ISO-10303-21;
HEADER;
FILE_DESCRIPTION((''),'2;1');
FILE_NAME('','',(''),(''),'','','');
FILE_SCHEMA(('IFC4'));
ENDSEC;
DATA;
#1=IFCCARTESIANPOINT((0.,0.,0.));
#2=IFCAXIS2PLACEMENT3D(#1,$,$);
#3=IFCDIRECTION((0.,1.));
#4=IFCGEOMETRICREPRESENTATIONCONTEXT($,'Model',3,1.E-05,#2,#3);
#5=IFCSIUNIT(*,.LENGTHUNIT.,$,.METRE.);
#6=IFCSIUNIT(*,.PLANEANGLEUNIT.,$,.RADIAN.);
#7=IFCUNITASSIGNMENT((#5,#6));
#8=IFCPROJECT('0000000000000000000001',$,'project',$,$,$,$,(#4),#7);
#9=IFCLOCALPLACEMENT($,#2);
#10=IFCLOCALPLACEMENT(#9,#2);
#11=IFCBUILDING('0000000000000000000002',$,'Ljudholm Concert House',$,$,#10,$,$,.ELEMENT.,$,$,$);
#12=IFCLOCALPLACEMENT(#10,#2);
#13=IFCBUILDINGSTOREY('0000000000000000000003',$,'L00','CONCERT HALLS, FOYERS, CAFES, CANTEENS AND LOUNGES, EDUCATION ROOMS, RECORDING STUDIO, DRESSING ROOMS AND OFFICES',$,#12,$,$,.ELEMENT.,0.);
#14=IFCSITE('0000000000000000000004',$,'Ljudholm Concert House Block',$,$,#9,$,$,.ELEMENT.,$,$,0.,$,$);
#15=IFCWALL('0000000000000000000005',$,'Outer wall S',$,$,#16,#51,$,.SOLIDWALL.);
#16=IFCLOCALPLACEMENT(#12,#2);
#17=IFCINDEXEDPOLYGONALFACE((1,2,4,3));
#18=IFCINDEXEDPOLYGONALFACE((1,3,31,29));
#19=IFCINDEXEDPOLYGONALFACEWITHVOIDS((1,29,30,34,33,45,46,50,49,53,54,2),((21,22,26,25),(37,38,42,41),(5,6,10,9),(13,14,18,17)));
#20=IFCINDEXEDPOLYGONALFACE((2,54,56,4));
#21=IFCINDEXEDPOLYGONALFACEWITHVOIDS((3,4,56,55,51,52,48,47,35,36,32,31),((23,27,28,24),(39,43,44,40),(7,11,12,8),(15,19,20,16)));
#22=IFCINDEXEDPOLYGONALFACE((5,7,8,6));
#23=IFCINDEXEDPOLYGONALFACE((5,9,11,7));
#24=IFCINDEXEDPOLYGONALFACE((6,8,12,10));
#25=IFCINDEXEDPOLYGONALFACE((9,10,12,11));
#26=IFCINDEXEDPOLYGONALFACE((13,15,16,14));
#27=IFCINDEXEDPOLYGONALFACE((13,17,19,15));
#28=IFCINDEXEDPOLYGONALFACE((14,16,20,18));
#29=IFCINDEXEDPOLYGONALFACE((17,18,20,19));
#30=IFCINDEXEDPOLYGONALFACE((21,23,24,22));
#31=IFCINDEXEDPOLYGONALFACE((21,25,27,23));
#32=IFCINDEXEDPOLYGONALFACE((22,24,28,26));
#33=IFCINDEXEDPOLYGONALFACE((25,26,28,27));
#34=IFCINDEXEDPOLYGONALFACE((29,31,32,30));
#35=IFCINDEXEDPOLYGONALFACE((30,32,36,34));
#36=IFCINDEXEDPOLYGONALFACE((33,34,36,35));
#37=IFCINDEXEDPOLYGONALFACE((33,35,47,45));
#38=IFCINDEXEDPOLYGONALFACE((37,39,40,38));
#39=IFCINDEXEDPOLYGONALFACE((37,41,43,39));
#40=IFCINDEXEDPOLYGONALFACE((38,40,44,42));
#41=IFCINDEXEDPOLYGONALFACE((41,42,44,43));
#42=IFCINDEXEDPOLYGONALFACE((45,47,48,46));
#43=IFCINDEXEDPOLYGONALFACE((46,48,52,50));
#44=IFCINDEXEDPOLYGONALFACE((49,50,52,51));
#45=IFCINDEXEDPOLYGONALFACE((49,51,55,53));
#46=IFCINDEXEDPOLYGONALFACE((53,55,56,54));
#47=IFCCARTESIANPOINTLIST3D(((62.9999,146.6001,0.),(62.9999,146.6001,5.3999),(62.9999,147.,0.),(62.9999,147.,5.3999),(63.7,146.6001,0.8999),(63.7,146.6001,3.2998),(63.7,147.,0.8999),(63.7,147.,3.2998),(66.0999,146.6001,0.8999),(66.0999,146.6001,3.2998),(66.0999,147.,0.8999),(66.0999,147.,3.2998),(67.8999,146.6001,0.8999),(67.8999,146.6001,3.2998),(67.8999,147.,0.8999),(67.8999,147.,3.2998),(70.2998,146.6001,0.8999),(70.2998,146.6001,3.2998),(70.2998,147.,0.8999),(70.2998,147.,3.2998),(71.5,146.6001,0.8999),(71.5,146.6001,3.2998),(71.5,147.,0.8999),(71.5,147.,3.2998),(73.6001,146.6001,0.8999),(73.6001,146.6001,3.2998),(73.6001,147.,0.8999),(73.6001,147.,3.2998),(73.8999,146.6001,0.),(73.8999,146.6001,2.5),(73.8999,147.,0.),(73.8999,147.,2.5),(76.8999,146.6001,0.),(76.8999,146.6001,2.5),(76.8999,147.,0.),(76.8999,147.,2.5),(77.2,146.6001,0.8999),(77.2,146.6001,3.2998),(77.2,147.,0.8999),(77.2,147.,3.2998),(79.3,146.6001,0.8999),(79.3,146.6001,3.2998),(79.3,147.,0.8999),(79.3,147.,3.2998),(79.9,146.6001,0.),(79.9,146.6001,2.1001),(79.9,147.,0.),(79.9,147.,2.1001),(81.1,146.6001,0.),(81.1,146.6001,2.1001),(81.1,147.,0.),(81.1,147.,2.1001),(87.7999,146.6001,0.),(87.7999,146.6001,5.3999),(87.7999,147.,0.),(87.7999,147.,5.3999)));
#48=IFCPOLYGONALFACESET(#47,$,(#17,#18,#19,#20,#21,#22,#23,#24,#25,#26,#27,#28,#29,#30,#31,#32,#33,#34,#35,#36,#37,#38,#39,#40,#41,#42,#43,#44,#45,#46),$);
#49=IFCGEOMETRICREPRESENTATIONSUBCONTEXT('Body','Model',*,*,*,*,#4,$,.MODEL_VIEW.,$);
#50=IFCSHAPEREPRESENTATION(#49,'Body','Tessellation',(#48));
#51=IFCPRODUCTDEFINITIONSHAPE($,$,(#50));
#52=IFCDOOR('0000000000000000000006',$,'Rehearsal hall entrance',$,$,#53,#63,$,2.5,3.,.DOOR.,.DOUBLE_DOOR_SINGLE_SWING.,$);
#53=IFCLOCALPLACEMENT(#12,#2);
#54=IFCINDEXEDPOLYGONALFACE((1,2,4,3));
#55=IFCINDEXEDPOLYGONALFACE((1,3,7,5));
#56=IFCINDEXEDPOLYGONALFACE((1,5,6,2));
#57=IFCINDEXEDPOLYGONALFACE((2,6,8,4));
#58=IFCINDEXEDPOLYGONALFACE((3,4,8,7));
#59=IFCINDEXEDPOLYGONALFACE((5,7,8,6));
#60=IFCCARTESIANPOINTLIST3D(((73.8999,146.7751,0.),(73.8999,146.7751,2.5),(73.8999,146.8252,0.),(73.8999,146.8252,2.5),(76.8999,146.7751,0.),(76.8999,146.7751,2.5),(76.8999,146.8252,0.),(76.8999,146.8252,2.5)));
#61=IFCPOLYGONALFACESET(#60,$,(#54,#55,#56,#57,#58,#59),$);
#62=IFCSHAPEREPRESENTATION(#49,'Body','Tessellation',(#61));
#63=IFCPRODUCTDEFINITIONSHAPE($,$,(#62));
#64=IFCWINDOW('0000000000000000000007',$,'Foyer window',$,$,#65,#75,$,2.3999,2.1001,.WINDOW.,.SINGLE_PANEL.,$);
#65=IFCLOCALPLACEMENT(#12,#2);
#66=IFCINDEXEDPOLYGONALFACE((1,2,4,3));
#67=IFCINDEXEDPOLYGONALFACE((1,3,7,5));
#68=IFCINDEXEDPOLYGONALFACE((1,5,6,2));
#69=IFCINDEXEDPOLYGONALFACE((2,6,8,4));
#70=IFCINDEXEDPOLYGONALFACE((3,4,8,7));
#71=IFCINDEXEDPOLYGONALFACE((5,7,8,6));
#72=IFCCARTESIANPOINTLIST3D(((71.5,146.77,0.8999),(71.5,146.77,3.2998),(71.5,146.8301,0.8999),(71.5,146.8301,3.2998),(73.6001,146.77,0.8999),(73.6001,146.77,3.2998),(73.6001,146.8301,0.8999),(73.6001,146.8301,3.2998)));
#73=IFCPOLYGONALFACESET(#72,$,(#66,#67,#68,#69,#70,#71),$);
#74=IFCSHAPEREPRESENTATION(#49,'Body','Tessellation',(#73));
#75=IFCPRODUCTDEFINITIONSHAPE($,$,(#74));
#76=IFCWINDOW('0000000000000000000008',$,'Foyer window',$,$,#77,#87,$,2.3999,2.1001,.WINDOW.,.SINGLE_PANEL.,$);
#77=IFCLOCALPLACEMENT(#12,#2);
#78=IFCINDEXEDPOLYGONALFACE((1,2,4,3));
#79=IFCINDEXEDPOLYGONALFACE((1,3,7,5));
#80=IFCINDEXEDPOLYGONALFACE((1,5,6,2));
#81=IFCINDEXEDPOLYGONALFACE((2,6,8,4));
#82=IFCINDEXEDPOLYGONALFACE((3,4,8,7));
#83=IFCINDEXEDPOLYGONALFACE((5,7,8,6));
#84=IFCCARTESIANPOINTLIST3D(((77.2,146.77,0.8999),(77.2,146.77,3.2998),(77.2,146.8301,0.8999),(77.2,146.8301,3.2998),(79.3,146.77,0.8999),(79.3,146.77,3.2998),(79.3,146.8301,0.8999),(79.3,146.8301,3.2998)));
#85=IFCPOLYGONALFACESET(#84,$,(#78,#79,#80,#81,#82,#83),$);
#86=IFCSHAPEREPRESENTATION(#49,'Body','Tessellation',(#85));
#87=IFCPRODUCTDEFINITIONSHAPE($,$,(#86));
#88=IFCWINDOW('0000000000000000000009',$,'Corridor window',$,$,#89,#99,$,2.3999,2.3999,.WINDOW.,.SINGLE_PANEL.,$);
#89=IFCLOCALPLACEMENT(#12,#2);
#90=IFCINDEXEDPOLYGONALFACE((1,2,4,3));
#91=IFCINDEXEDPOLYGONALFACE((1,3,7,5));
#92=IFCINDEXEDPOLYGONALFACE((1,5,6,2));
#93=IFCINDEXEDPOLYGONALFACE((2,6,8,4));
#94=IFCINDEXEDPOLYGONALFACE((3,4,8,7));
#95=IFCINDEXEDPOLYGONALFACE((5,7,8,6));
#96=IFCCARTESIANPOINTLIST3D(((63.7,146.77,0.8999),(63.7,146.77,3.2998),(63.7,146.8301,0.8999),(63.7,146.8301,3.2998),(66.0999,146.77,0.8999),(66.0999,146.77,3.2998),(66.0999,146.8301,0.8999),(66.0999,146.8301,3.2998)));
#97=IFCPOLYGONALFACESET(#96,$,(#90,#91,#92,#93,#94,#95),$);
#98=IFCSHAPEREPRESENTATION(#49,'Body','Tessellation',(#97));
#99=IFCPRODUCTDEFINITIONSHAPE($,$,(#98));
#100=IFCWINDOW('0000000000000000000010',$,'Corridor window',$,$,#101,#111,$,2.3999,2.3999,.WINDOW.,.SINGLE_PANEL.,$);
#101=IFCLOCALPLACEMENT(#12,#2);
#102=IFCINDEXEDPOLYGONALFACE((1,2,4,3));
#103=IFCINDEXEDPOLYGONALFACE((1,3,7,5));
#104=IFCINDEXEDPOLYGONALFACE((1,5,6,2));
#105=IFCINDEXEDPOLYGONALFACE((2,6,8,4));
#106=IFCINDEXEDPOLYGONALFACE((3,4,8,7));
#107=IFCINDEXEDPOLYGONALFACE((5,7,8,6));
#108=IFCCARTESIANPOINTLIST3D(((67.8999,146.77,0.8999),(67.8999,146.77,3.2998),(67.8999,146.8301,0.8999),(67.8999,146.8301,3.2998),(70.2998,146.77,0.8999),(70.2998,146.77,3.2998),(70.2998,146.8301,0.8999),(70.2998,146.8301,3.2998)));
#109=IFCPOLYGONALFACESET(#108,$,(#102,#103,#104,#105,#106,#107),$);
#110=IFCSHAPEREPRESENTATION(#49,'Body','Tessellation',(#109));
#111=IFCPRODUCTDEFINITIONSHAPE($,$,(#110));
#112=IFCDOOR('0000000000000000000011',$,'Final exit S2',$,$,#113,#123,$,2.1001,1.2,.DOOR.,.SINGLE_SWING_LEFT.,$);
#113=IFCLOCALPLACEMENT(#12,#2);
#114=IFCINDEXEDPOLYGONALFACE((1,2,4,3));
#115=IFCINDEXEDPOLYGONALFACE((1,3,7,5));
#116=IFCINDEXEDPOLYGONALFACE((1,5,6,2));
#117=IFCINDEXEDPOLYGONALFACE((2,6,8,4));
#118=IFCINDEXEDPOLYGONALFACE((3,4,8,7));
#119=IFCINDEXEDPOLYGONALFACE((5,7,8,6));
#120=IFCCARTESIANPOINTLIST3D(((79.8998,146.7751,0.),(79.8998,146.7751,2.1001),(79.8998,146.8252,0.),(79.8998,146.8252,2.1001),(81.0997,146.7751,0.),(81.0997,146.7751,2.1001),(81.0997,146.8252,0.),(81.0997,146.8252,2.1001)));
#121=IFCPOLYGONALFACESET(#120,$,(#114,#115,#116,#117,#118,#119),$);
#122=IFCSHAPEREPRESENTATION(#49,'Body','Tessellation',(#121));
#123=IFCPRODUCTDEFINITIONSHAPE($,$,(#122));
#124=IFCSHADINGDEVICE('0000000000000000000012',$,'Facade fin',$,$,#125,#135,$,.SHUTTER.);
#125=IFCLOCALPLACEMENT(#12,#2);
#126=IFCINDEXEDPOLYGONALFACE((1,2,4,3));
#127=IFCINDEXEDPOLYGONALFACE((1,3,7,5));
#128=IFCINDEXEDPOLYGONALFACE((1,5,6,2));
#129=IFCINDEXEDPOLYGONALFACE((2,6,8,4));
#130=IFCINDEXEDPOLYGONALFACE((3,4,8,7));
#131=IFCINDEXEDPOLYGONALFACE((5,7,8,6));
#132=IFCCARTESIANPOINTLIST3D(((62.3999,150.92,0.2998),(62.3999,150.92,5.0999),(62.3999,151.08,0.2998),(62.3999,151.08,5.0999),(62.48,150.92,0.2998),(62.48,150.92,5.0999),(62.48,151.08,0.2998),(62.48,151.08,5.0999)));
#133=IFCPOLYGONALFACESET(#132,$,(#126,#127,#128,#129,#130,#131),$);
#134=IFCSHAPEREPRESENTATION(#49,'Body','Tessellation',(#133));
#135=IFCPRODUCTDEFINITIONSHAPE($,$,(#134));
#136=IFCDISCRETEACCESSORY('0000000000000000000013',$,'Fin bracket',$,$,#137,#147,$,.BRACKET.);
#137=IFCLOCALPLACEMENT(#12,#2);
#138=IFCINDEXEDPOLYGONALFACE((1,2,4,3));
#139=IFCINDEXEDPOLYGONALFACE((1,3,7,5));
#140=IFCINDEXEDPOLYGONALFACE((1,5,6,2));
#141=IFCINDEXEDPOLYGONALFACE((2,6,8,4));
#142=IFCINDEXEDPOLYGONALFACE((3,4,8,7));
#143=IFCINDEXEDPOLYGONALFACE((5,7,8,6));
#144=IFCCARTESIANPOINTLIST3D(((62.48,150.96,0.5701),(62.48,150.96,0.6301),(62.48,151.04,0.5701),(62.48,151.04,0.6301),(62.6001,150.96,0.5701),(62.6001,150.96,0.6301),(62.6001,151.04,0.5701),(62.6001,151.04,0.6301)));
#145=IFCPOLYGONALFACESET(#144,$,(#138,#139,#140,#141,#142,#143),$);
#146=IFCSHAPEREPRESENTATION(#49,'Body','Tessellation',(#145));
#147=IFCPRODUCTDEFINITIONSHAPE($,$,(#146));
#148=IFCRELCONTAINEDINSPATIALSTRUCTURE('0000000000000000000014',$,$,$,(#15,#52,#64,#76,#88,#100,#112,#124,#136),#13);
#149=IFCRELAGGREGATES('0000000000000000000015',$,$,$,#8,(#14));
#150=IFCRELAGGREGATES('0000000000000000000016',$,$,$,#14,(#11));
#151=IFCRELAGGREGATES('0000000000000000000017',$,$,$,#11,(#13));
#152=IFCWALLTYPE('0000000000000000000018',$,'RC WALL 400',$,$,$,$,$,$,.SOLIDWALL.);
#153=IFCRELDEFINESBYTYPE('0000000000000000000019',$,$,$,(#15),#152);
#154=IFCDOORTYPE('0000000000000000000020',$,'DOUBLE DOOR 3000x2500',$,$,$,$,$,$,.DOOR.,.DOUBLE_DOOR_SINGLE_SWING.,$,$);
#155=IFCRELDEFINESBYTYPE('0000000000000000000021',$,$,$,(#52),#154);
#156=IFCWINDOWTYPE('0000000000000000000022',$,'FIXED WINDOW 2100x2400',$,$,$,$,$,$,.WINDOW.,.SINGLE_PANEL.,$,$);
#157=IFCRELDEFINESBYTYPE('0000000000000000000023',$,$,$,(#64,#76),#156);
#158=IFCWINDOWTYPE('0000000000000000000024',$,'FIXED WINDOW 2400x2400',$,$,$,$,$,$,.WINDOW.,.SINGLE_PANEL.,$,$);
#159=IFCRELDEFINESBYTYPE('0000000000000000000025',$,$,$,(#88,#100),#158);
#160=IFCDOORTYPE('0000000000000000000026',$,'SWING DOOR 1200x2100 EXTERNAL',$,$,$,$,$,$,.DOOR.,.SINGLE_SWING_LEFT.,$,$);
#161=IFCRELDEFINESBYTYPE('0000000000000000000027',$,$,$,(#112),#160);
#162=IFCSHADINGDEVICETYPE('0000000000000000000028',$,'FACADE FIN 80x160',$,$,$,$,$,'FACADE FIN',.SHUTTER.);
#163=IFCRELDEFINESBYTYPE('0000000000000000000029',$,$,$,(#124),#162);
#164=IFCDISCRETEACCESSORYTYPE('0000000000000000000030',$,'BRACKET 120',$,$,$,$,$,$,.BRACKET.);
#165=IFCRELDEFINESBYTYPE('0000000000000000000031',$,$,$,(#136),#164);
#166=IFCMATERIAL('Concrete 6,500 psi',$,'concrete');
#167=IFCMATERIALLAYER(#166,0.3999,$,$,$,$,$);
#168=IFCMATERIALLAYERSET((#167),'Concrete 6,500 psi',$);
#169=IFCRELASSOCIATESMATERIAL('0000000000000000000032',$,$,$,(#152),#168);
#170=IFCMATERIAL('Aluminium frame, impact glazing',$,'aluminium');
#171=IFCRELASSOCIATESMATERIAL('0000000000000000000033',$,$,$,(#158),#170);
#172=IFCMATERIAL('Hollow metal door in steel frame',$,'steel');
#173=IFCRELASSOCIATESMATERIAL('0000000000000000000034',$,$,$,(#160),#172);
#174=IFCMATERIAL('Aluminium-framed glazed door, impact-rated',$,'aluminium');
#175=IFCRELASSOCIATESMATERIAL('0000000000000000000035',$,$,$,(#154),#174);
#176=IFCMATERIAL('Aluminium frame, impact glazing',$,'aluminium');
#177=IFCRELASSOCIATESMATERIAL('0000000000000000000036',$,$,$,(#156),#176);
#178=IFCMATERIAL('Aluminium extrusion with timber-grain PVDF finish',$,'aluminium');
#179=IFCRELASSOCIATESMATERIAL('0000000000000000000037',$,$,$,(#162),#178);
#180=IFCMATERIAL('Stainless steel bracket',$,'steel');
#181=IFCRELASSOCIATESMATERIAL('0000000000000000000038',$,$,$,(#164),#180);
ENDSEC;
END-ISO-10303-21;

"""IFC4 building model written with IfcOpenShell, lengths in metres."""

from ifc_helpers import new_model, si_unit, direction, frame, frame_2d, origin, origin_2d, place, context, subcontext, project, spatial, rectangle, extrude, material, layer, layer_set, type_object, element, fill, save


model = new_model("IFC4")

# Units and contexts
model_context = context("Model", 3, precision=1e-05, world=origin(), true_north=direction((0.0, 1.0)))
body_context = subcontext(model_context, "Body", "Model", "MODEL_VIEW")
ifc_project = project(units=[si_unit("LENGTHUNIT", "METRE"), si_unit("PLANEANGLEUNIT", "RADIAN")], contexts=[model_context])

# Site, building, storey
site_placement = place(None, origin())
site = spatial("IfcSite", under=ifc_project, at=site_placement, Name="Ljudholm Concert House Block", CompositionType="ELEMENT", RefElevation=0.0)
building_placement = place(site_placement, origin())
building = spatial("IfcBuilding", under=site, at=building_placement, Name="Ljudholm Concert House", CompositionType="ELEMENT")
storey_placement = place(building_placement, origin())
storey = spatial("IfcBuildingStorey", under=building, at=storey_placement, Name="L00", Description="CONCERT HALLS, FOYERS, CAFES, CANTEENS AND LOUNGES, EDUCATION ROOMS, RECORDING STUDIO, DRESSING ROOMS AND OFFICES", CompositionType="ELEMENT", Elevation=0.0)

# Shared definitions
ifc_material_1 = material(Name="Concrete 6,500 psi", Category="concrete")
ifc_layer_1 = layer(ifc_material_1, 0.3999)
ifc_layer_set_1 = layer_set([ifc_layer_1], Name="Concrete 6,500 psi")
wall_type_1 = type_object("IfcWallType", Name="RC WALL 400", PredefinedType="SOLIDWALL", material=ifc_layer_set_1)
ifc_material_2 = material(Name="Aluminium frame, impact glazing", Category="aluminium")
window_type_1 = type_object("IfcWindowType", Name="FIXED WINDOW 2400x2400", PartitioningType="SINGLE_PANEL", PredefinedType="WINDOW", material=ifc_material_2)
ifc_material_3 = material(Name="Hollow metal door in steel frame", Category="steel")
door_type_1 = type_object("IfcDoorType", Name="SWING DOOR 1200x2100 EXTERNAL", OperationType="SINGLE_SWING_LEFT", PredefinedType="DOOR", material=ifc_material_3)

# Wall, openings, doors, windows
wall_1_placement = place(storey_placement, frame((63.0, 146.8, 0.0), z_axis=(0.0, 0.0, 1.0), x_axis=(1.0, 0.0, 0.0)))
wall_1 = element("IfcWall", 1, at=wall_1_placement, inside=storey, type_object=wall_type_1, Name="Outer wall S", PredefinedType="SOLIDWALL", context=body_context, shape_type="SweptSolid", body=[
    extrude(rectangle(XDim=24.8, YDim=0.3999, at=frame_2d((12.3999, 0.0))), origin(), (0.0, 0.0, 1.0), 5.3999),
])
opening_1_placement = place(wall_1_placement, frame((10.8999, 0.0, 0.0)))
opening_1 = element("IfcOpeningElement", 2, at=opening_1_placement, cuts=wall_1, PredefinedType="OPENING", context=body_context, shape_type="SweptSolid", body=[
    extrude(rectangle(XDim=3.0, YDim=2.5, at=frame_2d((1.5, 1.25))), frame((0.0, 0.21, 0.0), z_axis=(0.0, -1.0, 0.0), x_axis=(1.0, 0.0, 0.0)), (0.0, 0.0, 1.0), 0.4199),
])
opening_2_placement = place(wall_1_placement, frame((16.8999, 0.0, 0.0)))
opening_2 = element("IfcOpeningElement", 3, at=opening_2_placement, cuts=wall_1, PredefinedType="OPENING", context=body_context, shape_type="SweptSolid", body=[
    extrude(rectangle(XDim=1.2, YDim=2.1001, at=frame_2d((0.6001, 1.05))), frame((0.0, 0.21, 0.0), z_axis=(0.0, -1.0, 0.0), x_axis=(1.0, 0.0, 0.0)), (0.0, 0.0, 1.0), 0.4199),
])
opening_3_placement = place(wall_1_placement, frame((0.7, 0.0, 0.8999)))
opening_3 = element("IfcOpeningElement", 4, at=opening_3_placement, cuts=wall_1, PredefinedType="OPENING", context=body_context, shape_type="SweptSolid", body=[
    extrude(rectangle(XDim=2.3999, YDim=2.3999, at=frame_2d((1.2, 1.2))), frame((0.0, 0.21, 0.0), z_axis=(0.0, -1.0, 0.0), x_axis=(1.0, 0.0, 0.0)), (0.0, 0.0, 1.0), 0.4199),
])
opening_4_placement = place(wall_1_placement, frame((4.8999, 0.0, 0.8999)))
opening_4 = element("IfcOpeningElement", 5, at=opening_4_placement, cuts=wall_1, PredefinedType="OPENING", context=body_context, shape_type="SweptSolid", body=[
    extrude(rectangle(XDim=2.3999, YDim=2.3999, at=frame_2d((1.2, 1.2))), frame((0.0, 0.21, 0.0), z_axis=(0.0, -1.0, 0.0), x_axis=(1.0, 0.0, 0.0)), (0.0, 0.0, 1.0), 0.4199),
])
opening_5_placement = place(wall_1_placement, frame((8.5, 0.0, 0.8999)))
opening_5 = element("IfcOpeningElement", 6, at=opening_5_placement, cuts=wall_1, PredefinedType="OPENING", context=body_context, shape_type="SweptSolid", body=[
    extrude(rectangle(XDim=2.1001, YDim=2.3999, at=frame_2d((1.05, 1.2))), frame((0.0, 0.21, 0.0), z_axis=(0.0, -1.0, 0.0), x_axis=(1.0, 0.0, 0.0)), (0.0, 0.0, 1.0), 0.4199),
])
opening_6_placement = place(wall_1_placement, frame((14.2, 0.0, 0.8999)))
opening_6 = element("IfcOpeningElement", 7, at=opening_6_placement, cuts=wall_1, PredefinedType="OPENING", context=body_context, shape_type="SweptSolid", body=[
    extrude(rectangle(XDim=2.1001, YDim=2.3999, at=frame_2d((1.05, 1.2))), frame((0.0, 0.21, 0.0), z_axis=(0.0, -1.0, 0.0), x_axis=(1.0, 0.0, 0.0)), (0.0, 0.0, 1.0), 0.4199),
])
ifc_material_4 = material(Name="Aluminium-framed glazed door, impact-rated", Category="aluminium")
door_type_2 = type_object("IfcDoorType", Name="DOUBLE DOOR 3000x2500", OperationType="DOUBLE_DOOR_SINGLE_SWING", PredefinedType="DOOR", material=ifc_material_4)
door_1_placement = place(opening_1_placement, frame((3.0, 0.0, 0.0), z_axis=(0.0, 0.0, 1.0), x_axis=(-1.0, 0.0, 0.0)))
door_1 = element("IfcDoor", 8, at=door_1_placement, inside=storey, type_object=door_type_2, Name="Rehearsal hall entrance", OperationType="DOUBLE_DOOR_SINGLE_SWING", OverallHeight=2.5, OverallWidth=3.0, PredefinedType="DOOR", context=body_context, shape_type="SweptSolid", body=[
    extrude(rectangle(XDim=3.0, YDim=2.5, at=frame_2d((1.5, 1.25))), frame((0.0, 0.0249, 0.0), z_axis=(0.0, -1.0, 0.0), x_axis=(1.0, 0.0, 0.0)), (0.0, 0.0, 1.0), 0.05),
])
fill(opening_1, door_1)
ifc_material_5 = material(Name="Aluminium frame, impact glazing", Category="aluminium")
window_type_2 = type_object("IfcWindowType", Name="FIXED WINDOW 2100x2400", PartitioningType="SINGLE_PANEL", PredefinedType="WINDOW", material=ifc_material_5)
window_1_placement = place(opening_5_placement, origin())
window_1 = element("IfcWindow", 9, at=window_1_placement, inside=storey, type_object=window_type_2, Name="Foyer window", OverallHeight=2.3999, OverallWidth=2.1001, PartitioningType="SINGLE_PANEL", PredefinedType="WINDOW", context=body_context, shape_type="SweptSolid", body=[
    extrude(rectangle(XDim=2.1001, YDim=2.3999, at=frame_2d((1.05, 1.2))), frame((0.0, 0.03, 0.0), z_axis=(0.0, -1.0, 0.0), x_axis=(1.0, 0.0, 0.0)), (0.0, 0.0, 1.0), 0.0601),
])
fill(opening_5, window_1)
window_2_placement = place(opening_6_placement, origin())
window_2 = element("IfcWindow", 10, at=window_2_placement, inside=storey, type_object=window_type_2, Name="Foyer window", OverallHeight=2.3999, OverallWidth=2.1001, PartitioningType="SINGLE_PANEL", PredefinedType="WINDOW", context=body_context, shape_type="SweptSolid", body=[
    extrude(rectangle(XDim=2.1001, YDim=2.3999, at=frame_2d((1.05, 1.2))), frame((0.0, 0.03, 0.0), z_axis=(0.0, -1.0, 0.0), x_axis=(1.0, 0.0, 0.0)), (0.0, 0.0, 1.0), 0.0601),
])
fill(opening_6, window_2)
window_3_placement = place(opening_3_placement, origin())
window_3 = element("IfcWindow", 11, at=window_3_placement, inside=storey, type_object=window_type_1, Name="Corridor window", OverallHeight=2.3999, OverallWidth=2.3999, PartitioningType="SINGLE_PANEL", PredefinedType="WINDOW", context=body_context, shape_type="SweptSolid", body=[
    extrude(rectangle(XDim=2.3999, YDim=2.3999, at=frame_2d((1.2, 1.2))), frame((0.0, 0.03, 0.0), z_axis=(0.0, -1.0, 0.0), x_axis=(1.0, 0.0, 0.0)), (0.0, 0.0, 1.0), 0.0601),
])
fill(opening_3, window_3)
window_4_placement = place(opening_4_placement, origin())
window_4 = element("IfcWindow", 12, at=window_4_placement, inside=storey, type_object=window_type_1, Name="Corridor window", OverallHeight=2.3999, OverallWidth=2.3999, PartitioningType="SINGLE_PANEL", PredefinedType="WINDOW", context=body_context, shape_type="SweptSolid", body=[
    extrude(rectangle(XDim=2.3999, YDim=2.3999, at=frame_2d((1.2, 1.2))), frame((0.0, 0.03, 0.0), z_axis=(0.0, -1.0, 0.0), x_axis=(1.0, 0.0, 0.0)), (0.0, 0.0, 1.0), 0.0601),
])
fill(opening_4, window_4)
door_2_placement = place(opening_2_placement, frame((1.2, 0.0, 0.0), z_axis=(0.0, 0.0, 1.0), x_axis=(-1.0, 0.0, 0.0)))
door_2 = element("IfcDoor", 13, at=door_2_placement, inside=storey, type_object=door_type_1, Name="Final exit S2", OperationType="SINGLE_SWING_LEFT", OverallHeight=2.1001, OverallWidth=1.2, PredefinedType="DOOR", context=body_context, shape_type="SweptSolid", body=[
    extrude(rectangle(XDim=1.2, YDim=2.1001, at=frame_2d((0.6001, 1.05))), frame((0.0, 0.0249, 0.0), z_axis=(0.0, -1.0, 0.0), x_axis=(1.0, 0.0, 0.0)), (0.0, 0.0, 1.0), 0.05),
])
fill(opening_2, door_2)

# Shading device
ifc_material_6 = material(Name="Aluminium extrusion with timber-grain PVDF finish", Category="aluminium")
shading_device_type = type_object("IfcShadingDeviceType", Name="FACADE FIN 80x160", ElementType="FACADE FIN", PredefinedType="SHUTTER", material=ifc_material_6)
shading_device_placement = place(storey_placement, frame((62.4399, 151.0, 0.2998), z_axis=(0.0, 0.0, 1.0), x_axis=(-1.0, 0.0, 0.0)))
element("IfcShadingDevice", 14, at=shading_device_placement, inside=storey, type_object=shading_device_type, Name="Facade fin", PredefinedType="SHUTTER", context=body_context, shape_type="SweptSolid", body=[
    extrude(rectangle(XDim=0.0801, YDim=0.1599, at=origin_2d()), origin(), (0.0, 0.0, 1.0), 4.8),
])

# Discrete accessory
ifc_material_7 = material(Name="Stainless steel bracket", Category="steel")
discrete_accessory_type = type_object("IfcDiscreteAccessoryType", Name="BRACKET 120", PredefinedType="BRACKET", material=ifc_material_7)
discrete_accessory_placement = place(storey_placement, frame((62.54, 151.0, 0.5701), z_axis=(0.0, 0.0, 1.0), x_axis=(-1.0, 0.0, 0.0)))
element("IfcDiscreteAccessory", 15, at=discrete_accessory_placement, inside=storey, type_object=discrete_accessory_type, Name="Fin bracket", PredefinedType="BRACKET", context=body_context, shape_type="SweptSolid", body=[
    extrude(rectangle(XDim=0.1201, YDim=0.0801, at=origin_2d()), origin(), (0.0, 0.0, 1.0), 0.0601),
])

save(model, "model.ifc")
